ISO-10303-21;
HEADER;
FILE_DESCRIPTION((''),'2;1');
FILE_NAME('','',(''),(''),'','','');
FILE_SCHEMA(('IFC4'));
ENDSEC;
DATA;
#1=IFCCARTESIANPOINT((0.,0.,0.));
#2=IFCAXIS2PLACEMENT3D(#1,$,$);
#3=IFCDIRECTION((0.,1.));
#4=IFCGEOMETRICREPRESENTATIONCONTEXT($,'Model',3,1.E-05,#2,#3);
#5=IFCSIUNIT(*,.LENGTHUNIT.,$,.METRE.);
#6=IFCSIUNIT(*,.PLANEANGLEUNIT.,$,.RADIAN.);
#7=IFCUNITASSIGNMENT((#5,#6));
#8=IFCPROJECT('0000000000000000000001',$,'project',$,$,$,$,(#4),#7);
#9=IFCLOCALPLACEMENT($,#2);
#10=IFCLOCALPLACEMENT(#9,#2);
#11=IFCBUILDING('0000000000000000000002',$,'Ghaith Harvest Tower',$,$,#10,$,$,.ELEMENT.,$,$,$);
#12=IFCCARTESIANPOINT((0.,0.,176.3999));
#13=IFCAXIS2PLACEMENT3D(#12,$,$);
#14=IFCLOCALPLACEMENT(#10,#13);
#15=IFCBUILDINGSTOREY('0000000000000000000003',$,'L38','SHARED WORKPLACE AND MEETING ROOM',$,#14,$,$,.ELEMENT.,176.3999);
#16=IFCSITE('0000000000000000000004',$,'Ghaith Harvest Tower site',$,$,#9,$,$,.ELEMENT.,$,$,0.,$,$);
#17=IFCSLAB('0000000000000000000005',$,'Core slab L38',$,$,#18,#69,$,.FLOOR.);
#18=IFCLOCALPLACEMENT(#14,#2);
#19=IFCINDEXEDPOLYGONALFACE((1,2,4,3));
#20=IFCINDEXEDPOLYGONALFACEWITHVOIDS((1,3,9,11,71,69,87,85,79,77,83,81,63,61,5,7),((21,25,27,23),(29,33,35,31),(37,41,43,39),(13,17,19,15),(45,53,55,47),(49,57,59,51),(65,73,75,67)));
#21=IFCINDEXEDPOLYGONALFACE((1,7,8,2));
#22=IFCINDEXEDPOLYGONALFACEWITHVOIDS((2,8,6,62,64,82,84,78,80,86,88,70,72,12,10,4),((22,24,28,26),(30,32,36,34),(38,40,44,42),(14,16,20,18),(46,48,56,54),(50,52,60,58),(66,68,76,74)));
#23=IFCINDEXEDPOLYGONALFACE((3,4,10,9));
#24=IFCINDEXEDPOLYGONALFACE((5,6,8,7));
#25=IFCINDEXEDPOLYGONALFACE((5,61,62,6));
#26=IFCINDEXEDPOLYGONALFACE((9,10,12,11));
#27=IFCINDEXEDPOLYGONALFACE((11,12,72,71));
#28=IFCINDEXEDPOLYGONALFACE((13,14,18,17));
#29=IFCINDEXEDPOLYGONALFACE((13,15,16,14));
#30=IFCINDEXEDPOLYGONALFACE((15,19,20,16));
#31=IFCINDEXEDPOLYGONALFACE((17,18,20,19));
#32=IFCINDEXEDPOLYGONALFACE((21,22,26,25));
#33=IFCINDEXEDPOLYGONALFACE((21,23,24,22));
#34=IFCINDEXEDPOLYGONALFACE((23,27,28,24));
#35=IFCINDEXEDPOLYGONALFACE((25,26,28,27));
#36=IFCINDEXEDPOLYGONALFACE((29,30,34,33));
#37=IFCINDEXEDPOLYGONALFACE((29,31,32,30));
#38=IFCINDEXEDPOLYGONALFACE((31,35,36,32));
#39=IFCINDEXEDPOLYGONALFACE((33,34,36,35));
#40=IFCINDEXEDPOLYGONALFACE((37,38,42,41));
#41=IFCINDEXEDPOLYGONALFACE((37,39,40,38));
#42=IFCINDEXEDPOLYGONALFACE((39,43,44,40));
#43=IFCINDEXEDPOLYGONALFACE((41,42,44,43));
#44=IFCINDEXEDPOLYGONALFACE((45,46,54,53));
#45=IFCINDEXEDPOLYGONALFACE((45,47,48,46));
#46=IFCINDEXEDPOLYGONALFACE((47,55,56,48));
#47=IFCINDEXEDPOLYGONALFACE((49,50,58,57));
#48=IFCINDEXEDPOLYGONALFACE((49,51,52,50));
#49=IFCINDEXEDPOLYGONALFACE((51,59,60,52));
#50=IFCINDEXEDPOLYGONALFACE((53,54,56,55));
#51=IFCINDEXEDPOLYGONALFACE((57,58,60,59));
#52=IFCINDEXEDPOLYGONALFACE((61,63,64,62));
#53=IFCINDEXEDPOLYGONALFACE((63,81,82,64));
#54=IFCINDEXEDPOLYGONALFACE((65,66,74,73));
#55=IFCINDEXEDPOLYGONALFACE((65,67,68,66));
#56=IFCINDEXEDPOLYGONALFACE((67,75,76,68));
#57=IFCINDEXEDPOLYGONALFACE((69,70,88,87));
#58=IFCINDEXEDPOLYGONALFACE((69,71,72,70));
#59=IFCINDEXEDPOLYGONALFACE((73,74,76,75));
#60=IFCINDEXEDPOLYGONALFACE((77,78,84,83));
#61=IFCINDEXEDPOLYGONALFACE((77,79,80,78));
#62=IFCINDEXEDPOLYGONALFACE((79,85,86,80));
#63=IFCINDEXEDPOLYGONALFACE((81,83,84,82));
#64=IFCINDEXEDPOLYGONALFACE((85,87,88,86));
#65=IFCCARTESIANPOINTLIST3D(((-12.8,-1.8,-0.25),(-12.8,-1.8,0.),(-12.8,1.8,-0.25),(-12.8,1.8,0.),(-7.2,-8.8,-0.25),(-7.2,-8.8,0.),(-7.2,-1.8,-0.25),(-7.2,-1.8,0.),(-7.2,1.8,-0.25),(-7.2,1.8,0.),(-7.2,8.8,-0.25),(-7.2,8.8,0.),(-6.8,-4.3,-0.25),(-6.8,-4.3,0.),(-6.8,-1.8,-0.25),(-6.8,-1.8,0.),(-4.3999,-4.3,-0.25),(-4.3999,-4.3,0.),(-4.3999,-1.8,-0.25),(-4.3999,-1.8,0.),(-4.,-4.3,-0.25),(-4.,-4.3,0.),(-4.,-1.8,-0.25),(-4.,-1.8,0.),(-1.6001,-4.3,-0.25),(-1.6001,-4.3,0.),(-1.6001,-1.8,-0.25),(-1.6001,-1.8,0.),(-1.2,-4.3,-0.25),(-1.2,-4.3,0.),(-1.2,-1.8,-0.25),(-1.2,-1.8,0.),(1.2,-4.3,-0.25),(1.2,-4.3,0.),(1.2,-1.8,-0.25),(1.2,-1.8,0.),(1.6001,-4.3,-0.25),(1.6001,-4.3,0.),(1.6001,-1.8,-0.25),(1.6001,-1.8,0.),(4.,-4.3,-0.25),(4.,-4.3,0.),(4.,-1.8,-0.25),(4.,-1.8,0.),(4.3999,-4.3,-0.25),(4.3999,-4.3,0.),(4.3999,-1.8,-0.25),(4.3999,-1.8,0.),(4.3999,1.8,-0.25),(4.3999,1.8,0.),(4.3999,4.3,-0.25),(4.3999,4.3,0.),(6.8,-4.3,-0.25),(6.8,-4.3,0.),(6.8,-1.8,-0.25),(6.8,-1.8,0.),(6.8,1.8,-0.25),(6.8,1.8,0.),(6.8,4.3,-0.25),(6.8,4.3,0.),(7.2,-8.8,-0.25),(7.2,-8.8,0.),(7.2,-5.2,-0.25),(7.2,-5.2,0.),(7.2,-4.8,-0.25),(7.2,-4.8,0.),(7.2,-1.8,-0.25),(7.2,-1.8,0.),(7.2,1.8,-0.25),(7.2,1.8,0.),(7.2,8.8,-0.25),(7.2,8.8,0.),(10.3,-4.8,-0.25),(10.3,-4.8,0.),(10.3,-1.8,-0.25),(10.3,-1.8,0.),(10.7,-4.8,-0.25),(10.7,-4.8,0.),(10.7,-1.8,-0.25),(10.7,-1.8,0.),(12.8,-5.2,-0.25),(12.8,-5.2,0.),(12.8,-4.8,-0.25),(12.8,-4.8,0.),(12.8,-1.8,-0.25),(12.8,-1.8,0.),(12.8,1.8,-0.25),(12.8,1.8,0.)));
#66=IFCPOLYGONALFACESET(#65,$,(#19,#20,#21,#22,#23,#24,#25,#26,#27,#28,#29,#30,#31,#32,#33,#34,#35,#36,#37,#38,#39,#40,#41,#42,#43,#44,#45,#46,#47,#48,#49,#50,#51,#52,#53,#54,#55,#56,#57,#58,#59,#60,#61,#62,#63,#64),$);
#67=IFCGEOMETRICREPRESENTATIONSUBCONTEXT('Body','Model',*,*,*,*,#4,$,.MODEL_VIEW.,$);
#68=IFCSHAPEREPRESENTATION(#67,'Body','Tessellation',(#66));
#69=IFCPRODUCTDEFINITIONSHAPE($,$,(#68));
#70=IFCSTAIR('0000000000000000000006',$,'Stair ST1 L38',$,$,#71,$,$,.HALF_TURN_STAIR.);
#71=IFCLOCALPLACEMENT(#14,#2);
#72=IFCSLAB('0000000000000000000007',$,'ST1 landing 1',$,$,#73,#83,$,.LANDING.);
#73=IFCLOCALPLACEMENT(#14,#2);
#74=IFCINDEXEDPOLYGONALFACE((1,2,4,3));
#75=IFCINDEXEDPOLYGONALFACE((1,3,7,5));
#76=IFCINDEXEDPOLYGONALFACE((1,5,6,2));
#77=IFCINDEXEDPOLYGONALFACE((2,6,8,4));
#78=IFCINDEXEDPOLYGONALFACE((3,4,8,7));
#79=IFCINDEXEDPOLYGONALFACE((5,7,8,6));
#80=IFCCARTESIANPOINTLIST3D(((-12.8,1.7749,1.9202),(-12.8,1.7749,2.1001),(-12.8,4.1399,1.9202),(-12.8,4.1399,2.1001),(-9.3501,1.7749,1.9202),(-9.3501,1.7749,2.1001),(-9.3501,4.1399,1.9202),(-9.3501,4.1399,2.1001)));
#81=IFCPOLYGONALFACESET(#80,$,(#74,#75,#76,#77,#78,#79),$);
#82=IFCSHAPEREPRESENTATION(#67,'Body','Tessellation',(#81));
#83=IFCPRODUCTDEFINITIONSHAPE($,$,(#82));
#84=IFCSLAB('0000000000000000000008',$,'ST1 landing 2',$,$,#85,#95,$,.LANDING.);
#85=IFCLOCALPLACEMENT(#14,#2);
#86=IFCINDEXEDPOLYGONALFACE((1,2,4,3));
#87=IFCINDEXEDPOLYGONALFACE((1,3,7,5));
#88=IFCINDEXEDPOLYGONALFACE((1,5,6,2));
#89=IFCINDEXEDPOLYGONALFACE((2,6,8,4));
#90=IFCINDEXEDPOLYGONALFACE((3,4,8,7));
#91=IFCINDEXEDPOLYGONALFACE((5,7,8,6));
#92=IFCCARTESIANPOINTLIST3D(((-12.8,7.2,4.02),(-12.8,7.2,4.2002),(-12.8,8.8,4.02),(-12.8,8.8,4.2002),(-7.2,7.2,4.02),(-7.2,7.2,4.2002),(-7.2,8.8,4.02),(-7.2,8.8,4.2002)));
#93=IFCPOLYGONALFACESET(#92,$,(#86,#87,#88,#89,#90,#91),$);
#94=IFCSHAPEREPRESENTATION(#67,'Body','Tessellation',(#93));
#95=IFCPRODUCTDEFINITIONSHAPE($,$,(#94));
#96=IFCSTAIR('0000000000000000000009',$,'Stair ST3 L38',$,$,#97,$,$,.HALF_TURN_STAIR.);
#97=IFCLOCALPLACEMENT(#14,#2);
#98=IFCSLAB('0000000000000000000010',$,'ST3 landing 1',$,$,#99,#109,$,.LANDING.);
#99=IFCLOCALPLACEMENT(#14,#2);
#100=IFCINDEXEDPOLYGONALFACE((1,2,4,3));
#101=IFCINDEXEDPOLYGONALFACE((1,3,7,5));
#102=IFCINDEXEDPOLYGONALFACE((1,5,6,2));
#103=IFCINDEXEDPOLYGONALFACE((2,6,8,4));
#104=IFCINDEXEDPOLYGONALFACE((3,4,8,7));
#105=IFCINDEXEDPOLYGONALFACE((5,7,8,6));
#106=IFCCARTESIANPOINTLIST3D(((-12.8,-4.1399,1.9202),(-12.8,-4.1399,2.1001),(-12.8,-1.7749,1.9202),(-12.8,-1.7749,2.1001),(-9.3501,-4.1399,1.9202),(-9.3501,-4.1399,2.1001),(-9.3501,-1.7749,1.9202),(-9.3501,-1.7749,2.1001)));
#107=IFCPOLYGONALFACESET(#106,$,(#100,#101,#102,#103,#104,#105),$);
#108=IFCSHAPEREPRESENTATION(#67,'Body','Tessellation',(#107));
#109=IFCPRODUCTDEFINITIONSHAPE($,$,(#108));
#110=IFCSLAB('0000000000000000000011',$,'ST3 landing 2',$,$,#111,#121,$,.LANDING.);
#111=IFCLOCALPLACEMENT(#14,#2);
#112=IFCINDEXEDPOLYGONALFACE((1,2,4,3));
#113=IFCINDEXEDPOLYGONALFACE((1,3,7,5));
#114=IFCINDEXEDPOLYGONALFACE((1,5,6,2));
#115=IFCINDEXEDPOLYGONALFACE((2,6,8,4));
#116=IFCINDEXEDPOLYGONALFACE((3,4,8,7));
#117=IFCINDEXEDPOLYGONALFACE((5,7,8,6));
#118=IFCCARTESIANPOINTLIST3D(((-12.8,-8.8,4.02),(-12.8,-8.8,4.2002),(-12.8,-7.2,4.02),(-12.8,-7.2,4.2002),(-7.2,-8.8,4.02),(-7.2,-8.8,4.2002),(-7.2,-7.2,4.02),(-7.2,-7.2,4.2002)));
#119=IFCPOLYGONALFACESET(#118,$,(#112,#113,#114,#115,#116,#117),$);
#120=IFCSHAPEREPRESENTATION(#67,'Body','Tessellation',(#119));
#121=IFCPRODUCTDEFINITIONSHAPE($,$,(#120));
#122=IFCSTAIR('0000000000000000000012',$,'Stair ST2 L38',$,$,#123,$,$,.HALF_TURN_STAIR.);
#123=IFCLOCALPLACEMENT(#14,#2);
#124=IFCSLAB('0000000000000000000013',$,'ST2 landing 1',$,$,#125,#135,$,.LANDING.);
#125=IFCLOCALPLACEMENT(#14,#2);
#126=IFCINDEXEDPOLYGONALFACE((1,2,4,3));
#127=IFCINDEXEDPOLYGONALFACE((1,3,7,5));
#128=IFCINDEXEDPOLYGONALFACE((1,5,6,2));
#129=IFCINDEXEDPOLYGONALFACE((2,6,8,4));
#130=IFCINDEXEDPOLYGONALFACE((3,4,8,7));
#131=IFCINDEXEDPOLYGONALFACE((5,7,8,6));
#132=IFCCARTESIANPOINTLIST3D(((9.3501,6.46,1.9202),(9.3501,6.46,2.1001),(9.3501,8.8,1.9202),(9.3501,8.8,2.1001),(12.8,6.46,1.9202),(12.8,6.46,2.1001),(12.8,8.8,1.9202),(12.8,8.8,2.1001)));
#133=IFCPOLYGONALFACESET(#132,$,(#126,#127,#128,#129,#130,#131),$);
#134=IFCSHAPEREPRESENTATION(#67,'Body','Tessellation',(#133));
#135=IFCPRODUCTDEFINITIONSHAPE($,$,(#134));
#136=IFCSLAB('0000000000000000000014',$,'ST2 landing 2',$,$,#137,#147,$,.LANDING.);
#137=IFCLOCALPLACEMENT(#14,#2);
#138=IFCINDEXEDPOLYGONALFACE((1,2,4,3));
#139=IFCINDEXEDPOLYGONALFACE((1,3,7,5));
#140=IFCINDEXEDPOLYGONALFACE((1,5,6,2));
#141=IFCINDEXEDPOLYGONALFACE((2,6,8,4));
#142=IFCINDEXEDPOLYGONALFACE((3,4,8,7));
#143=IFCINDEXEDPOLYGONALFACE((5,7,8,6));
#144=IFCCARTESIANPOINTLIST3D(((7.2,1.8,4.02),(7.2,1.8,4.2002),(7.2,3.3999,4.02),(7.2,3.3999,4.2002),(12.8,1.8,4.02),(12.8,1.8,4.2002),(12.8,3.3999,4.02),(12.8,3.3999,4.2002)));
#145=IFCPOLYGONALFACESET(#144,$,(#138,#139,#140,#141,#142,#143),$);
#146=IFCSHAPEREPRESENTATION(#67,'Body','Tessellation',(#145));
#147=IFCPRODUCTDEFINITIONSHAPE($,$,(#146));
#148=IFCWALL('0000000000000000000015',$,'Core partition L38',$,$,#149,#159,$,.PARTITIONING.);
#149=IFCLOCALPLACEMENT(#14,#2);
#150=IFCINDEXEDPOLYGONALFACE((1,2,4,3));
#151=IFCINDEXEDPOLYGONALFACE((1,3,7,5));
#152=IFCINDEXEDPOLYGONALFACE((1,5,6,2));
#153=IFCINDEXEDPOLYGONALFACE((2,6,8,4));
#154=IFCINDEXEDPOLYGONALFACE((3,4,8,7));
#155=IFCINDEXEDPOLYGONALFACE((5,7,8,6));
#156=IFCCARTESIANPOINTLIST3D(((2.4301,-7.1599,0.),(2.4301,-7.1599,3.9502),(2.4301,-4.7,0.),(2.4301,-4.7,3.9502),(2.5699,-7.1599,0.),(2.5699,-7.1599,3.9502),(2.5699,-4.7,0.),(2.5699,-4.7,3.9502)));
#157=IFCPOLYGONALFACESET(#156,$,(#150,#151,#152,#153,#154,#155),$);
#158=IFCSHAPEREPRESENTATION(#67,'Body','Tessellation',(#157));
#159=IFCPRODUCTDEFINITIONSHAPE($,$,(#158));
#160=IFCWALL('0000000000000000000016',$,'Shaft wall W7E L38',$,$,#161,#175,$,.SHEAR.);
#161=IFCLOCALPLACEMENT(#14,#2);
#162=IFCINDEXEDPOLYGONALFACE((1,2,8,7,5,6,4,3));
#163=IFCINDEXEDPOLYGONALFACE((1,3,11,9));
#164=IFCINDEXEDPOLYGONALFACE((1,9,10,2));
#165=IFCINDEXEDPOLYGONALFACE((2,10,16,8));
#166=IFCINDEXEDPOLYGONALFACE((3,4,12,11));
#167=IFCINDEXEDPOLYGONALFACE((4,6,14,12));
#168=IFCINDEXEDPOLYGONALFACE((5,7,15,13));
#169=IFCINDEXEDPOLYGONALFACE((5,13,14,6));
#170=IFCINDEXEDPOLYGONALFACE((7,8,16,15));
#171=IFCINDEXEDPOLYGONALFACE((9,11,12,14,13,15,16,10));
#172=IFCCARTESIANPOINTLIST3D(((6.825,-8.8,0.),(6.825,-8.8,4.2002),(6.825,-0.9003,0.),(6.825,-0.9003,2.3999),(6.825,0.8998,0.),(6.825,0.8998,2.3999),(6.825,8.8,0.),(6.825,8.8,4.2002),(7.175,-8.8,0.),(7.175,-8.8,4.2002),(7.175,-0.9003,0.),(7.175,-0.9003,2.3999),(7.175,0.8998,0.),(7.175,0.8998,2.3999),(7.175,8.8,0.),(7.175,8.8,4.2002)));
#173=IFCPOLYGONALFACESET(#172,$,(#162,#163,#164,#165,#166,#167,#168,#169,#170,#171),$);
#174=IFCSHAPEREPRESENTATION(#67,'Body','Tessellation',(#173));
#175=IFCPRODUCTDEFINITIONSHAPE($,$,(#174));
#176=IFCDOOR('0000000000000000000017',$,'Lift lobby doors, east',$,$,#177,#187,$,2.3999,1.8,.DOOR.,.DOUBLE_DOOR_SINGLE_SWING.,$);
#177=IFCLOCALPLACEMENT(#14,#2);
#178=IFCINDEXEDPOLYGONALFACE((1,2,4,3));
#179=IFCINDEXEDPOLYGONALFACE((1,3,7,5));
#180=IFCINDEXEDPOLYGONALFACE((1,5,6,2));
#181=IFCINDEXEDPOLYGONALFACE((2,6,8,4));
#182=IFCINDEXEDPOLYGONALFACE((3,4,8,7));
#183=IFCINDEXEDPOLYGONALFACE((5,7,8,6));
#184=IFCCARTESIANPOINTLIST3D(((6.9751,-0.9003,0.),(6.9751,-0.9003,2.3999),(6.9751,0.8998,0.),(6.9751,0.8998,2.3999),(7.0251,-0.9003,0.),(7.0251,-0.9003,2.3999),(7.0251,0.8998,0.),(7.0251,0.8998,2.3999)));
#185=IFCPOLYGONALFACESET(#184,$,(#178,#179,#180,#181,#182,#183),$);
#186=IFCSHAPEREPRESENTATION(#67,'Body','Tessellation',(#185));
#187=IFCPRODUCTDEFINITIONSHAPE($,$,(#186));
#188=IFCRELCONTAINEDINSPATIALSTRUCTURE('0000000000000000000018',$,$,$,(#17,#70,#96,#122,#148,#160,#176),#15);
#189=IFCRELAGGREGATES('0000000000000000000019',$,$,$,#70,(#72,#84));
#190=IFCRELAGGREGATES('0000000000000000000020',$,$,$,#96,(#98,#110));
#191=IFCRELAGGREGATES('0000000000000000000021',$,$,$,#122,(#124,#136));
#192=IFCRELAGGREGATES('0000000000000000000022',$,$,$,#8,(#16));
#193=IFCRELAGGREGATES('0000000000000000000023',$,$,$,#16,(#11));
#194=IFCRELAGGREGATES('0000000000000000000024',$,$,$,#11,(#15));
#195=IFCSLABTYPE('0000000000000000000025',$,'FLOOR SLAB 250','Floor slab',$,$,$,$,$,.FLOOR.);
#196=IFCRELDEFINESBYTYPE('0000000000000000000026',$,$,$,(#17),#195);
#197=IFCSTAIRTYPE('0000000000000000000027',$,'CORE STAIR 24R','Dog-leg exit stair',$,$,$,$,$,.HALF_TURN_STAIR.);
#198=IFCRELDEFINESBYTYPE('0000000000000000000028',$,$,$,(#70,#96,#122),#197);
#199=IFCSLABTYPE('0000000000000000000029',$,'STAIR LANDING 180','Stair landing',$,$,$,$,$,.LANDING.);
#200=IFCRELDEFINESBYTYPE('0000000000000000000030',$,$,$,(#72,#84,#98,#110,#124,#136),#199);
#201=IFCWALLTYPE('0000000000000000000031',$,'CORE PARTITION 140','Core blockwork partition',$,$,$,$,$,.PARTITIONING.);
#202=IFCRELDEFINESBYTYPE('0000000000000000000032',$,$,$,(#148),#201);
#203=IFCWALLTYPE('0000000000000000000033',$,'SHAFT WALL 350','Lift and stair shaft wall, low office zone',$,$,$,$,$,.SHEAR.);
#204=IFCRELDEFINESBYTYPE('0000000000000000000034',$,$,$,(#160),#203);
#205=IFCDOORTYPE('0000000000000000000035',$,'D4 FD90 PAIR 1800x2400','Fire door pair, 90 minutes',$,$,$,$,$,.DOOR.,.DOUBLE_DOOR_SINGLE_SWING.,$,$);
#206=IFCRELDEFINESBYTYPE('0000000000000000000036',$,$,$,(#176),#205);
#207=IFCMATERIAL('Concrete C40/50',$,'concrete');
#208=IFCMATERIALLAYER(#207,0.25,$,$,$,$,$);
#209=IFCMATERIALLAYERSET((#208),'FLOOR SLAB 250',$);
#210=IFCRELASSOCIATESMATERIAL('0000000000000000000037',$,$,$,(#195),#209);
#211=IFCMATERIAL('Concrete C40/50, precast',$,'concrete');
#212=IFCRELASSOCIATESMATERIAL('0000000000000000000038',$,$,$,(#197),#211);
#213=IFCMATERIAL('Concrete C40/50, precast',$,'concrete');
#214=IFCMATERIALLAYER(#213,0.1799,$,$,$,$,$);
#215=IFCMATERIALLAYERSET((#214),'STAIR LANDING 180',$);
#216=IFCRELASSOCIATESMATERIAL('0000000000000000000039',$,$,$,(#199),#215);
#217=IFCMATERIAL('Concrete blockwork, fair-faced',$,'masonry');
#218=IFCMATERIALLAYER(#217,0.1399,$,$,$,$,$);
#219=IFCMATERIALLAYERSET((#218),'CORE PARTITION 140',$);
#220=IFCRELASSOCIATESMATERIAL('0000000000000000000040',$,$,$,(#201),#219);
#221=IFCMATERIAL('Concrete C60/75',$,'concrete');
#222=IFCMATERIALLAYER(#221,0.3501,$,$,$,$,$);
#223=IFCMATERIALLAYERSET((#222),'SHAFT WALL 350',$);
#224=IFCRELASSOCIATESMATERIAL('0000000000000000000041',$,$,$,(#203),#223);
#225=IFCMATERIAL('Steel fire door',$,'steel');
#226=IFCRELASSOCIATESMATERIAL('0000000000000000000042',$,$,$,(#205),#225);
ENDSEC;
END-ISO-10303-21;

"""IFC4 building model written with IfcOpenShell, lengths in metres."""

from ifc_helpers import new_model, si_unit, direction, frame, frame_2d, origin, place, context, subcontext, project, spatial, polyline, rectangle, outline, extrude, material, layer, layer_set, type_object, element, fill, aggregate, save


model = new_model("IFC4")

# Units and contexts
model_context = context("Model", 3, precision=1e-05, world=origin(), true_north=direction((0.0, 1.0)))
body_context = subcontext(model_context, "Body", "Model", "MODEL_VIEW")
ifc_project = project(units=[si_unit("LENGTHUNIT", "METRE"), si_unit("PLANEANGLEUNIT", "RADIAN")], contexts=[model_context])

# Site, building, storey
site_placement = place(None, origin())
site = spatial("IfcSite", under=ifc_project, at=site_placement, Name="Ghaith Harvest Tower site", CompositionType="ELEMENT", RefElevation=0.0)
building_placement = place(site_placement, origin())
building = spatial("IfcBuilding", under=site, at=building_placement, Name="Ghaith Harvest Tower", CompositionType="ELEMENT")
storey_placement = place(building_placement, frame((0.0, 0.0, 176.3999)))
storey = spatial("IfcBuildingStorey", under=building, at=storey_placement, Name="L38", Description="SHARED WORKPLACE AND MEETING ROOM", CompositionType="ELEMENT", Elevation=176.3999)

# Slab
ifc_material_1 = material(Name="Concrete C40/50", Category="concrete")
ifc_layer_1 = layer(ifc_material_1, 0.25)
ifc_layer_set_1 = layer_set([ifc_layer_1], Name="FLOOR SLAB 250")
slab_type_1 = type_object("IfcSlabType", Name="FLOOR SLAB 250", Description="Floor slab", PredefinedType="FLOOR", material=ifc_layer_set_1)
slab_1_placement = place(storey_placement, frame((0.0, 0.0, -0.25)))
element("IfcSlab", 1, at=slab_1_placement, inside=storey, type_object=slab_type_1, Name="Core slab L38", PredefinedType="FLOOR", context=body_context, shape_type="SweptSolid", body=[
    extrude(outline(polyline([(-12.8, 1.8), (-7.2, 1.8), (-7.2, 8.8), (7.2, 8.8), (7.2, 1.8), (12.8, 1.8), (12.8, -1.8), (10.7, -1.8), (10.7, -4.8), (12.8, -4.8), (12.8, -5.2), (7.2, -5.2), (7.2, -8.8), (-7.2, -8.8), (-7.2, -1.8), (-12.8, -1.8), (-12.8, 1.8)]), holes=[polyline([(-4.3999, -4.3), (-4.3999, -1.8), (-6.8, -1.8), (-6.8, -4.3), (-4.3999, -4.3)]), polyline([(-1.6001, -4.3), (-1.6001, -1.8), (-4.0, -1.8), (-4.0, -4.3), (-1.6001, -4.3)]), polyline([(1.2, -1.8), (-1.2, -1.8), (-1.2, -4.3), (1.2, -4.3), (1.2, -1.8)]), polyline([(4.0, -4.3), (4.0, -1.8), (1.6001, -1.8), (1.6001, -4.3), (4.0, -4.3)]), polyline([(10.3, -4.8), (10.3, -1.8), (7.2, -1.8), (7.2, -4.8), (10.3, -4.8)]), polyline([(6.8, -1.8), (4.3999, -1.8), (4.3999, -4.3), (6.8, -4.3), (6.8, -1.8)]), polyline([(6.8, 1.8), (6.8, 4.3), (4.3999, 4.3), (4.3999, 1.8), (6.8, 1.8)])]), origin(), (0.0, 0.0, 1.0), 0.25),
])

# Stairs, slabs
ifc_material_2 = material(Name="Concrete C40/50, precast", Category="concrete")
stair_type = type_object("IfcStairType", Name="CORE STAIR 24R", Description="Dog-leg exit stair", PredefinedType="HALF_TURN_STAIR", material=ifc_material_2)
stair_1_placement = place(storey_placement, origin())
stair_1 = element("IfcStair", 2, at=stair_1_placement, inside=storey, type_object=stair_type, Name="Stair ST1 L38", PredefinedType="HALF_TURN_STAIR")
ifc_material_3 = material(Name="Concrete C40/50, precast", Category="concrete")
ifc_layer_2 = layer(ifc_material_3, 0.1799)
ifc_layer_set_2 = layer_set([ifc_layer_2], Name="STAIR LANDING 180")
slab_type_2 = type_object("IfcSlabType", Name="STAIR LANDING 180", Description="Stair landing", PredefinedType="LANDING", material=ifc_layer_set_2)
slab_2_placement = place(storey_placement, frame((0.0, 0.0, 1.9202)))
slab_2 = element("IfcSlab", 3, at=slab_2_placement, type_object=slab_type_2, Name="ST1 landing 1", PredefinedType="LANDING", context=body_context, shape_type="SweptSolid", body=[
    extrude(outline(polyline([(-12.8, 4.1399), (-12.8, 1.7749), (-9.3501, 1.7749), (-9.3501, 4.1399), (-12.8, 4.1399)])), origin(), (0.0, 0.0, 1.0), 0.1799),
])
slab_3_placement = place(storey_placement, frame((0.0, 0.0, 4.02)))
slab_3 = element("IfcSlab", 4, at=slab_3_placement, type_object=slab_type_2, Name="ST1 landing 2", PredefinedType="LANDING", context=body_context, shape_type="SweptSolid", body=[
    extrude(outline(polyline([(-12.8, 8.8), (-12.8, 7.2), (-7.2, 7.2), (-7.2, 8.8), (-12.8, 8.8)])), origin(), (0.0, 0.0, 1.0), 0.1802),
])
aggregate(stair_1, [slab_2, slab_3])
stair_2_placement = place(storey_placement, origin())
stair_2 = element("IfcStair", 5, at=stair_2_placement, inside=storey, type_object=stair_type, Name="Stair ST3 L38", PredefinedType="HALF_TURN_STAIR")
slab_4_placement = place(storey_placement, frame((0.0, 0.0, 1.9202)))
slab_4 = element("IfcSlab", 6, at=slab_4_placement, type_object=slab_type_2, Name="ST3 landing 1", PredefinedType="LANDING", context=body_context, shape_type="SweptSolid", body=[
    extrude(outline(polyline([(-12.8, -4.1399), (-12.8, -1.7749), (-9.3501, -1.7749), (-9.3501, -4.1399), (-12.8, -4.1399)])), origin(), (0.0, 0.0, 1.0), 0.1799),
])
slab_5_placement = place(storey_placement, frame((0.0, 0.0, 4.02)))
slab_5 = element("IfcSlab", 7, at=slab_5_placement, type_object=slab_type_2, Name="ST3 landing 2", PredefinedType="LANDING", context=body_context, shape_type="SweptSolid", body=[
    extrude(outline(polyline([(-12.8, -8.8), (-12.8, -7.2), (-7.2, -7.2), (-7.2, -8.8), (-12.8, -8.8)])), origin(), (0.0, 0.0, 1.0), 0.1802),
])
aggregate(stair_2, [slab_4, slab_5])
stair_3_placement = place(storey_placement, origin())
stair_3 = element("IfcStair", 8, at=stair_3_placement, inside=storey, type_object=stair_type, Name="Stair ST2 L38", PredefinedType="HALF_TURN_STAIR")
slab_6_placement = place(storey_placement, frame((0.0, 0.0, 1.9202)))
slab_6 = element("IfcSlab", 9, at=slab_6_placement, type_object=slab_type_2, Name="ST2 landing 1", PredefinedType="LANDING", context=body_context, shape_type="SweptSolid", body=[
    extrude(outline(polyline([(12.8, 6.46), (12.8, 8.8), (9.3501, 8.8), (9.3501, 6.46), (12.8, 6.46)])), origin(), (0.0, 0.0, 1.0), 0.1799),
])
slab_7_placement = place(storey_placement, frame((0.0, 0.0, 4.02)))
slab_7 = element("IfcSlab", 10, at=slab_7_placement, type_object=slab_type_2, Name="ST2 landing 2", PredefinedType="LANDING", context=body_context, shape_type="SweptSolid", body=[
    extrude(outline(polyline([(12.8, 1.8), (12.8, 3.3999), (7.2, 3.3999), (7.2, 1.8), (12.8, 1.8)])), origin(), (0.0, 0.0, 1.0), 0.1802),
])
aggregate(stair_3, [slab_6, slab_7])

# Wall
ifc_material_4 = material(Name="Concrete blockwork, fair-faced", Category="masonry")
ifc_layer_3 = layer(ifc_material_4, 0.1399)
ifc_layer_set_3 = layer_set([ifc_layer_3], Name="CORE PARTITION 140")
wall_type_1 = type_object("IfcWallType", Name="CORE PARTITION 140", Description="Core blockwork partition", PredefinedType="PARTITIONING", material=ifc_layer_set_3)
wall_1_placement = place(storey_placement, frame((2.5, -4.7, 0.0), z_axis=(0.0, 0.0, 1.0), x_axis=(0.0, -1.0, 0.0)))
element("IfcWall", 11, at=wall_1_placement, inside=storey, type_object=wall_type_1, Name="Core partition L38", PredefinedType="PARTITIONING", context=body_context, shape_type="SweptSolid", body=[
    extrude(rectangle(XDim=2.46, YDim=0.1399, at=frame_2d((1.23, 0.0))), origin(), (0.0, 0.0, 1.0), 3.9502),
])

# Wall, opening, door
ifc_material_5 = material(Name="Concrete C60/75", Category="concrete")
ifc_layer_4 = layer(ifc_material_5, 0.3501)
ifc_layer_set_4 = layer_set([ifc_layer_4], Name="SHAFT WALL 350")
wall_type_2 = type_object("IfcWallType", Name="SHAFT WALL 350", Description="Lift and stair shaft wall, low office zone", PredefinedType="SHEAR", material=ifc_layer_set_4)
wall_2_placement = place(storey_placement, frame((7.0, -8.8, 0.0), z_axis=(0.0, 0.0, 1.0), x_axis=(0.0, 1.0, 0.0)))
wall_2 = element("IfcWall", 12, at=wall_2_placement, inside=storey, type_object=wall_type_2, Name="Shaft wall W7E L38", PredefinedType="SHEAR", context=body_context, shape_type="SweptSolid", body=[
    extrude(rectangle(XDim=17.6001, YDim=0.3501, at=frame_2d((8.8, 0.0))), origin(), (0.0, 0.0, 1.0), 4.2002),
])
opening_1_placement = place(wall_2_placement, frame((7.8999, 0.0, 0.0)))
opening_1 = element("IfcOpeningElement", 13, at=opening_1_placement, cuts=wall_2, PredefinedType="OPENING", context=body_context, shape_type="SweptSolid", body=[
    extrude(rectangle(XDim=1.8, YDim=2.3999, at=frame_2d((0.8999, 1.2))), frame((0.0, 0.1851, 0.0), z_axis=(0.0, -1.0, 0.0), x_axis=(1.0, 0.0, 0.0)), (0.0, 0.0, 1.0), 0.3701),
])
ifc_material_6 = material(Name="Steel fire door", Category="steel")
door_type_1 = type_object("IfcDoorType", Name="D4 FD90 PAIR 1800x2400", Description="Fire door pair, 90 minutes", OperationType="DOUBLE_DOOR_SINGLE_SWING", PredefinedType="DOOR", material=ifc_material_6)
door_1_placement = place(opening_1_placement, origin())
door_1 = element("IfcDoor", 14, at=door_1_placement, inside=storey, type_object=door_type_1, Name="Lift lobby doors, east", OperationType="DOUBLE_DOOR_SINGLE_SWING", OverallHeight=2.3999, OverallWidth=1.8, PredefinedType="DOOR", context=body_context, shape_type="SweptSolid", body=[
    extrude(rectangle(XDim=1.8, YDim=2.3999, at=frame_2d((0.8999, 1.2))), frame((0.0, 0.0249, 0.0), z_axis=(0.0, -1.0, 0.0), x_axis=(1.0, 0.0, 0.0)), (0.0, 0.0, 1.0), 0.05),
])
fill(opening_1, door_1)

save(model, "model.ifc")
